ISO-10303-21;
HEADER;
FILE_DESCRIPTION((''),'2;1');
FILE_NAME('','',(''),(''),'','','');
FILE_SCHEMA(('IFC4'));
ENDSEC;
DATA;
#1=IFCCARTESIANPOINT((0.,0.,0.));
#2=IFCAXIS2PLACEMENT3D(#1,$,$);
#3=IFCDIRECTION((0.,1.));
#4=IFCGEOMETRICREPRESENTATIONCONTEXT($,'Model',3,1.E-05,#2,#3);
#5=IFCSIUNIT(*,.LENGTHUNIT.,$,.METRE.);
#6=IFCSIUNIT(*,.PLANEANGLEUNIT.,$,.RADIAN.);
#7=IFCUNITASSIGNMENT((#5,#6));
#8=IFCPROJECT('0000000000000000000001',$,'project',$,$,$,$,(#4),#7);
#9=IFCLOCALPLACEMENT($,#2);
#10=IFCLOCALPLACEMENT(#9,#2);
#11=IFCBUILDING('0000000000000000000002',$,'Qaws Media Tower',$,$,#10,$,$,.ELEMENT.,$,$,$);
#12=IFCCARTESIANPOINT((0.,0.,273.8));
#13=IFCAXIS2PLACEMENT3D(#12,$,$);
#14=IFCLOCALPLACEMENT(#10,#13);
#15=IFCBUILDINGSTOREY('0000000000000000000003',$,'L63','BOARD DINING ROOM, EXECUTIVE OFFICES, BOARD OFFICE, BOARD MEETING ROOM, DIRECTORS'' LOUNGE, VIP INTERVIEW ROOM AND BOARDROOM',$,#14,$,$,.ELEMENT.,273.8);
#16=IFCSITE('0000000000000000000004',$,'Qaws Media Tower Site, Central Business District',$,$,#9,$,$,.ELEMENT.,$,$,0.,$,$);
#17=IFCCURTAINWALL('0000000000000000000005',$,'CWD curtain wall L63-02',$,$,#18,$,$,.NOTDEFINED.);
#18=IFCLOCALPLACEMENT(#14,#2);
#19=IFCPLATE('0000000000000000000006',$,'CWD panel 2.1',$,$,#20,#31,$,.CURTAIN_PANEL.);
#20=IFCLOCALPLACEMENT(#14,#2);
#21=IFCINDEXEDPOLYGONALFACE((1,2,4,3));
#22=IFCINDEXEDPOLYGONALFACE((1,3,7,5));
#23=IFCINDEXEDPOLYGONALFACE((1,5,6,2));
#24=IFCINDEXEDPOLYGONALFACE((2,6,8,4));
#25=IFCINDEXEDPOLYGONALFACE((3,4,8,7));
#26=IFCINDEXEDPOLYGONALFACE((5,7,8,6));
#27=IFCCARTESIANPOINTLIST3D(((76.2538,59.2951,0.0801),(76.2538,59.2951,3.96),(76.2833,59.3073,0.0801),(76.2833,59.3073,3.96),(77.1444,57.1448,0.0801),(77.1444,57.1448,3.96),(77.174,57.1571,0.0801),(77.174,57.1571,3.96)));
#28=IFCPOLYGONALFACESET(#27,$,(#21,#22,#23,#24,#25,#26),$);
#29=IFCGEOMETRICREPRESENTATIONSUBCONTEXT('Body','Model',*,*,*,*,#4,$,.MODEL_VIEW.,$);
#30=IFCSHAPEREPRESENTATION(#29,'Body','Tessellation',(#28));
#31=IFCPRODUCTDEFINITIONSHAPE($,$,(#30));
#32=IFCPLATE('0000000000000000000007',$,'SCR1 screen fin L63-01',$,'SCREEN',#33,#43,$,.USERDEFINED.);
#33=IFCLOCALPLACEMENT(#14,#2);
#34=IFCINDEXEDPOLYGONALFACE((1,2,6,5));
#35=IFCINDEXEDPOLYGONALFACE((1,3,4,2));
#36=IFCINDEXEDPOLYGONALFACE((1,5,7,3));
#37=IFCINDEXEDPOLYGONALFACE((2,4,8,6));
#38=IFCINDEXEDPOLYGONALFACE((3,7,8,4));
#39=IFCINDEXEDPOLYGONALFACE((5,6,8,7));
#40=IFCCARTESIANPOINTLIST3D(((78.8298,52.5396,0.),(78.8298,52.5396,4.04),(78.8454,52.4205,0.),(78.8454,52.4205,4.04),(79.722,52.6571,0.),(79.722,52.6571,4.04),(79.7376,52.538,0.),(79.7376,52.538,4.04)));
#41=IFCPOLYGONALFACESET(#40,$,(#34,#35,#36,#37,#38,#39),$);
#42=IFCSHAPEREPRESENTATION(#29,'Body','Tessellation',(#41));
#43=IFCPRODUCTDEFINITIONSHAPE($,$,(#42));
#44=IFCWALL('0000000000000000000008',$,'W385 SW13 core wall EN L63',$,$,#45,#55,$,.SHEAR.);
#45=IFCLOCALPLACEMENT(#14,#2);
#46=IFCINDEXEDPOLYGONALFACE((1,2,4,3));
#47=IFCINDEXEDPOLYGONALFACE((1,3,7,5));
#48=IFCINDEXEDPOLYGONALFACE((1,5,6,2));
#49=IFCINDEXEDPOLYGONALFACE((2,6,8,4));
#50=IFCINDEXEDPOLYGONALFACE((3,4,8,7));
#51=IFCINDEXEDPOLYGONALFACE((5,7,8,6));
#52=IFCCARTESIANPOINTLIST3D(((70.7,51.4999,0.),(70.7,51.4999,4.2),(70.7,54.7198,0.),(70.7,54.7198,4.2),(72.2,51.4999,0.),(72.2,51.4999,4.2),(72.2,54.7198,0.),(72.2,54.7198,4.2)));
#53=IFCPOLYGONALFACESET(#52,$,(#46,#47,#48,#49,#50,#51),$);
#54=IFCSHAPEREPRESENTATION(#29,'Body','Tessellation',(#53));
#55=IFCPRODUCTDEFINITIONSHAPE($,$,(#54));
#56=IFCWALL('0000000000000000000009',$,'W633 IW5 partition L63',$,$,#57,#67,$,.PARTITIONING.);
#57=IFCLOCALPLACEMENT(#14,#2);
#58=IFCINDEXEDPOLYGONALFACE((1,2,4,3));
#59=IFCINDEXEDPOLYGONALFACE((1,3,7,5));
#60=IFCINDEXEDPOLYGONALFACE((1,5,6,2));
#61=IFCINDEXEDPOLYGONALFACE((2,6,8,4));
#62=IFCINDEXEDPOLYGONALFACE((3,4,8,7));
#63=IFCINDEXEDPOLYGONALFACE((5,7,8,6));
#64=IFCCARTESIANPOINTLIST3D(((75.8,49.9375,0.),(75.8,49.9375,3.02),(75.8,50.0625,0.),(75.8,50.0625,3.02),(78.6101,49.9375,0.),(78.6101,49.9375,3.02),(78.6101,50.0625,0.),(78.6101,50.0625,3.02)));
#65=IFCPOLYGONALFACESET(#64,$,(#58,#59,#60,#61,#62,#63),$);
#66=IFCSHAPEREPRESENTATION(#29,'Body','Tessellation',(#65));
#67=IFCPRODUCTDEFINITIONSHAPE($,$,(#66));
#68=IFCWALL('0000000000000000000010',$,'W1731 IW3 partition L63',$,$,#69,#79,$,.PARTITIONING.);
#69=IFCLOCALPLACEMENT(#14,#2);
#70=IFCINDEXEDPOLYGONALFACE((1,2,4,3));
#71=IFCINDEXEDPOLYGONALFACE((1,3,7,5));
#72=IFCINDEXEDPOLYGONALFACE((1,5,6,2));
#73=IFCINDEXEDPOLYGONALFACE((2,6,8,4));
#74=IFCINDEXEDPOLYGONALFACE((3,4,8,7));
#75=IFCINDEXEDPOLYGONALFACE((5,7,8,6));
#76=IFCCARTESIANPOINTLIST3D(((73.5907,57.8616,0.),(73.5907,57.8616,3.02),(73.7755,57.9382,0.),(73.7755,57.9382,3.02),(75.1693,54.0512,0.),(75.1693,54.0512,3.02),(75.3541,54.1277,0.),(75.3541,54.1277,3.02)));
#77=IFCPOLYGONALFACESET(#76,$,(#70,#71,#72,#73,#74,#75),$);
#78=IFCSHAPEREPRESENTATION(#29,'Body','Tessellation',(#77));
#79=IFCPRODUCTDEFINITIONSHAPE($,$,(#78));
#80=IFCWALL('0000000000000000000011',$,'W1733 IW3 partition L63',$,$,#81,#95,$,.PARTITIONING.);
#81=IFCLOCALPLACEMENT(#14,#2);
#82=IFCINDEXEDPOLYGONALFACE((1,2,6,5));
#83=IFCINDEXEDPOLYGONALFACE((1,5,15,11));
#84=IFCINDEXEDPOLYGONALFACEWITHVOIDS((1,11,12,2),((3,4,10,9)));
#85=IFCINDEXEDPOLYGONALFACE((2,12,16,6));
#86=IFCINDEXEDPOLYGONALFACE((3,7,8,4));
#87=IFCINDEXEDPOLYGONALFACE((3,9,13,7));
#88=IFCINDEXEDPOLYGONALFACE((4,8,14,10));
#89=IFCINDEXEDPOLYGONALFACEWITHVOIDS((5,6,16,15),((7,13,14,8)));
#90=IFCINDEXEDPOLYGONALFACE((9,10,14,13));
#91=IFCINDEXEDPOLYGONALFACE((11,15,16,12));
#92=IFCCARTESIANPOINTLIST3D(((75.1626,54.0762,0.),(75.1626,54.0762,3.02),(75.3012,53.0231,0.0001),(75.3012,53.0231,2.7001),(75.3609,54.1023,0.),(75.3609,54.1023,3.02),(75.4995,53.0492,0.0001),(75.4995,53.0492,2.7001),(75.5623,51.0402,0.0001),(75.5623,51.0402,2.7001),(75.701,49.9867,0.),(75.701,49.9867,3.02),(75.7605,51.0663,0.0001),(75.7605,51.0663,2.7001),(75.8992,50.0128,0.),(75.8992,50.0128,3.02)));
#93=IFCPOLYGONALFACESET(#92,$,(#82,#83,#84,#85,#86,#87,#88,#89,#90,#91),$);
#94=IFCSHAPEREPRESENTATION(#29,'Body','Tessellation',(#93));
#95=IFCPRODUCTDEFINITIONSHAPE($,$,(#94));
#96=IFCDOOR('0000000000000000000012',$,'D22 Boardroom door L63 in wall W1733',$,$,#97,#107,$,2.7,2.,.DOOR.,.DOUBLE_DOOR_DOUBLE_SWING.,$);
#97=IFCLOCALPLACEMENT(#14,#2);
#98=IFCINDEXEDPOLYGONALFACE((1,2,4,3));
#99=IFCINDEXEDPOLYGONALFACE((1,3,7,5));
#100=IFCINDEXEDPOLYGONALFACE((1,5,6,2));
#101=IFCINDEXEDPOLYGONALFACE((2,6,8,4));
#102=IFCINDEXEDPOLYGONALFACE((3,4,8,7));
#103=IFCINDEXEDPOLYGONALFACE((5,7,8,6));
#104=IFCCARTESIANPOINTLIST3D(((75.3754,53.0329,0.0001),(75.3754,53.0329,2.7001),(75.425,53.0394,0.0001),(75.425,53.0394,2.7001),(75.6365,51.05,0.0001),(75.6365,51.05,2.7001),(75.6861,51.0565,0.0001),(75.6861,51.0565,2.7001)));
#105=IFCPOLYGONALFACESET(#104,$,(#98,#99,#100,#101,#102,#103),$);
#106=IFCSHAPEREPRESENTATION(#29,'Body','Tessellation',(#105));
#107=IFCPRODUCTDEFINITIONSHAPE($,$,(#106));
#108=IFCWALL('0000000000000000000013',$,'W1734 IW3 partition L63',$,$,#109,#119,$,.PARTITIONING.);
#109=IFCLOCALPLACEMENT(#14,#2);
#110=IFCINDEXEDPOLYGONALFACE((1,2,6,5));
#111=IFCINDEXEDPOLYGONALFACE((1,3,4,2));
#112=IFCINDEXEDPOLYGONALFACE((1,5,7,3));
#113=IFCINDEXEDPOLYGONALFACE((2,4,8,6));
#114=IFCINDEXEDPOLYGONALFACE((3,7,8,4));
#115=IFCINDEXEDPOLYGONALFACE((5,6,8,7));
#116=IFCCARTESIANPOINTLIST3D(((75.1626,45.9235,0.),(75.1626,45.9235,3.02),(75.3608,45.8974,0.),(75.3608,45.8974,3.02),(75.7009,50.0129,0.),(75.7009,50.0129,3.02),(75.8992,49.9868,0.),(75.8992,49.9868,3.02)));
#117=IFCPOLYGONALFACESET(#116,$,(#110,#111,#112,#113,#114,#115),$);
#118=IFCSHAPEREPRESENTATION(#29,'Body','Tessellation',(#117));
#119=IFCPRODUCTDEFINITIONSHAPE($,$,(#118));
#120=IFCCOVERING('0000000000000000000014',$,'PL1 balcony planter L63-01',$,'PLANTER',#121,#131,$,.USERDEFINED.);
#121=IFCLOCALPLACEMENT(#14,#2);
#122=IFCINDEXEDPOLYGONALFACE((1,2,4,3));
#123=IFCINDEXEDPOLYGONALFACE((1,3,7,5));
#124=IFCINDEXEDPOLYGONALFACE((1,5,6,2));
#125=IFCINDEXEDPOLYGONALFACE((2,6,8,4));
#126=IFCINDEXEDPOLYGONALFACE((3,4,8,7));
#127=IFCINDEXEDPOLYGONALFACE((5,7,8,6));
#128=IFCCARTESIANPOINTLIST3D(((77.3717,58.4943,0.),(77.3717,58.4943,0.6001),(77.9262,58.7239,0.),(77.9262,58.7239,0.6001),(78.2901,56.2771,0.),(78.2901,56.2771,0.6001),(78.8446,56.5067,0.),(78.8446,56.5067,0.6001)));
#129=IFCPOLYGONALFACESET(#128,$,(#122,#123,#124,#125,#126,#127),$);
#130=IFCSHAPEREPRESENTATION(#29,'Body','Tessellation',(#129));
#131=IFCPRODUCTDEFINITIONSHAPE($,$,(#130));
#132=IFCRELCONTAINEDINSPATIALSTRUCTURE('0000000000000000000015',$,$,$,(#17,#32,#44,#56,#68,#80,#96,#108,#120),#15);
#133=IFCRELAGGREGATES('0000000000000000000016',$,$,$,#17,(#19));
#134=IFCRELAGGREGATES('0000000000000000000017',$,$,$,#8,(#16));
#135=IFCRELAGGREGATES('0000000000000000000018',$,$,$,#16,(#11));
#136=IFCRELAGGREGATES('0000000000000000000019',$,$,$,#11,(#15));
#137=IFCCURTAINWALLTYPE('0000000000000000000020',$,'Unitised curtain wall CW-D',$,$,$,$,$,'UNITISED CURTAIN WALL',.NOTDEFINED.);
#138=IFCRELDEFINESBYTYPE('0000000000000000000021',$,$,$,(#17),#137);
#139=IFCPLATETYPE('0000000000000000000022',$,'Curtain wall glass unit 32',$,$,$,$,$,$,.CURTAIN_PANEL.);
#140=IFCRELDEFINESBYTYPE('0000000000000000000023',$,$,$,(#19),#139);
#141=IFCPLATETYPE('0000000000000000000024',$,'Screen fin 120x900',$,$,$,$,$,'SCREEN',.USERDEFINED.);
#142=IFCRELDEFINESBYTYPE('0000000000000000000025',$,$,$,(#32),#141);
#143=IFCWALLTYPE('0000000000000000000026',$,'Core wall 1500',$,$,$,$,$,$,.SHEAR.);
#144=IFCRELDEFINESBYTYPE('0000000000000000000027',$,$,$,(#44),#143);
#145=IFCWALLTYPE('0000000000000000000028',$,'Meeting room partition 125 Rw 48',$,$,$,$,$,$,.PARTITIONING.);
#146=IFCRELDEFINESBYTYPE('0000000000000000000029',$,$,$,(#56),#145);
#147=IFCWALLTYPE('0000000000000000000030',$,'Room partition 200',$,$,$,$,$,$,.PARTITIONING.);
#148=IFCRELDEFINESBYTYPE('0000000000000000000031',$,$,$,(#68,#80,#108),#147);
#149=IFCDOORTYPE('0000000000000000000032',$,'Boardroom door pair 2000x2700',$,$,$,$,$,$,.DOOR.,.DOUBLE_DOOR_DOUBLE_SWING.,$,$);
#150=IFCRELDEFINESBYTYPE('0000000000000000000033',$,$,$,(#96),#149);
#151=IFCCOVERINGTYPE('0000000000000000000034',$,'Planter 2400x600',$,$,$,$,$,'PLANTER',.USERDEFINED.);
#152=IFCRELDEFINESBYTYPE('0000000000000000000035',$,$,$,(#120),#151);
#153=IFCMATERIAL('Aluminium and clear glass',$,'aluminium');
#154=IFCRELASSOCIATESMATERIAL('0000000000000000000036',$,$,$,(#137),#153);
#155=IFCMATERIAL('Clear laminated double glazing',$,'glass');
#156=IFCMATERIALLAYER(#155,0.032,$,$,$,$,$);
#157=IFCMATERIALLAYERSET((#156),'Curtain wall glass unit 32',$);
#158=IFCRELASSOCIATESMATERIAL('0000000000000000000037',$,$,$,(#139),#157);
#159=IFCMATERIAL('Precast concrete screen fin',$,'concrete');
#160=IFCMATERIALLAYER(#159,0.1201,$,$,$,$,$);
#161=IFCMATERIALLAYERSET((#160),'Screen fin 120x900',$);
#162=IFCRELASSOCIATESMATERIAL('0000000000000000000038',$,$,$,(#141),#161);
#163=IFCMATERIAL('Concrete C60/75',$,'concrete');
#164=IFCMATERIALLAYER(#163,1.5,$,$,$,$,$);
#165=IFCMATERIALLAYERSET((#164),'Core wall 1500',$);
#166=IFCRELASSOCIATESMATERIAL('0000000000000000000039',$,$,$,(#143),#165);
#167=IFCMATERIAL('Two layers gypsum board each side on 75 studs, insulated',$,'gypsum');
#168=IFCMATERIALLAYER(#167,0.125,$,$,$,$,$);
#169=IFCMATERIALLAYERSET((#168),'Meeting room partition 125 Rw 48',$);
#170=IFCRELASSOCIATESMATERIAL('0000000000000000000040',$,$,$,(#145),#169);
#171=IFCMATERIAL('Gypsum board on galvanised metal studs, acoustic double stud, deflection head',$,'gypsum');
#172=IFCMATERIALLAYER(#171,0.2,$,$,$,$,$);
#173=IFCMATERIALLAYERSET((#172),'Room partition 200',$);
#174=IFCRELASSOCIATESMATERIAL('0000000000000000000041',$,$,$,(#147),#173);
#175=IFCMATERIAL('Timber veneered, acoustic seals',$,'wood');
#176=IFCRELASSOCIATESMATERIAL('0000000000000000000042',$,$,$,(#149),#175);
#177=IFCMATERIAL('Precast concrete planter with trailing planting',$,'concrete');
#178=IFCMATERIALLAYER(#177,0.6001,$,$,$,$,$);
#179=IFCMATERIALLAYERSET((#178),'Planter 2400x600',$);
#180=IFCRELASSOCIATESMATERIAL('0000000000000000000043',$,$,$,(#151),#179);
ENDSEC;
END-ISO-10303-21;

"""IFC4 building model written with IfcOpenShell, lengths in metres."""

from ifc_helpers import new_model, si_unit, direction, frame, frame_2d, origin, origin_2d, place, context, subcontext, project, spatial, rectangle, extrude, material, layer, layer_set, type_object, element, fill, aggregate, save


model = new_model("IFC4")

# Units and contexts
model_context = context("Model", 3, precision=1e-05, world=origin(), true_north=direction((0.0, 1.0)))
body_context = subcontext(model_context, "Body", "Model", "MODEL_VIEW")
ifc_project = project(units=[si_unit("LENGTHUNIT", "METRE"), si_unit("PLANEANGLEUNIT", "RADIAN")], contexts=[model_context])

# Site, building, storey
site_placement = place(None, origin())
site = spatial("IfcSite", under=ifc_project, at=site_placement, Name="Qaws Media Tower Site, Central Business District", CompositionType="ELEMENT", RefElevation=0.0)
building_placement = place(site_placement, origin())
building = spatial("IfcBuilding", under=site, at=building_placement, Name="Qaws Media Tower", CompositionType="ELEMENT")
storey_placement = place(building_placement, frame((0.0, 0.0, 273.8)))
storey = spatial("IfcBuildingStorey", under=building, at=storey_placement, Name="L63", Description="BOARD DINING ROOM, EXECUTIVE OFFICES, BOARD OFFICE, BOARD MEETING ROOM, DIRECTORS' LOUNGE, VIP INTERVIEW ROOM AND BOARDROOM", CompositionType="ELEMENT", Elevation=273.8)

# Curtain wall
ifc_material_1 = material(Name="Aluminium and clear glass", Category="aluminium")
curtain_wall_type = type_object("IfcCurtainWallType", Name="Unitised curtain wall CW-D", ElementType="UNITISED CURTAIN WALL", PredefinedType="NOTDEFINED", material=ifc_material_1)
curtain_wall_1_placement = place(storey_placement, origin())
curtain_wall_1 = element("IfcCurtainWall", 1, at=curtain_wall_1_placement, inside=storey, type_object=curtain_wall_type, Name="CWD curtain wall L63-02", PredefinedType="NOTDEFINED")

# Plates
ifc_material_2 = material(Name="Clear laminated double glazing", Category="glass")
ifc_layer_1 = layer(ifc_material_2, 0.032)
ifc_layer_set_1 = layer_set([ifc_layer_1], Name="Curtain wall glass unit 32")
plate_type_1 = type_object("IfcPlateType", Name="Curtain wall glass unit 32", PredefinedType="CURTAIN_PANEL", material=ifc_layer_set_1)
plate_1_placement = place(storey_placement, frame((76.7139, 58.2261, 0.0801), z_axis=(0.0, 0.0, 1.0), x_axis=(-0.382683, 0.92388, 0.0)))
plate_1 = element("IfcPlate", 2, at=plate_1_placement, type_object=plate_type_1, Name="CWD panel 2.1", PredefinedType="CURTAIN_PANEL", context=body_context, shape_type="SweptSolid", body=[
    extrude(rectangle(XDim=2.3274, YDim=0.032, at=origin_2d()), origin(), (0.0, 0.0, 1.0), 3.8799),
])
aggregate(curtain_wall_1, [plate_1])
ifc_material_3 = material(Name="Precast concrete screen fin", Category="concrete")
ifc_layer_2 = layer(ifc_material_3, 0.1201)
ifc_layer_set_2 = layer_set([ifc_layer_2], Name="Screen fin 120x900")
plate_type_2 = type_object("IfcPlateType", Name="Screen fin 120x900", ElementType="SCREEN", PredefinedType="USERDEFINED", material=ifc_layer_set_2)
plate_2_placement = place(storey_placement, frame((79.2837, 52.5388, 0.0), z_axis=(0.0, 0.0, 1.0), x_axis=(0.991445, 0.130526, 0.0)))
element("IfcPlate", 3, at=plate_2_placement, inside=storey, type_object=plate_type_2, Name="SCR1 screen fin L63-01", ObjectType="SCREEN", PredefinedType="USERDEFINED", context=body_context, shape_type="SweptSolid", body=[
    extrude(rectangle(XDim=0.8999, YDim=0.1201, at=origin_2d()), origin(), (0.0, 0.0, 1.0), 4.04),
])

# Walls
ifc_material_4 = material(Name="Concrete C60/75", Category="concrete")
ifc_layer_3 = layer(ifc_material_4, 1.5)
ifc_layer_set_3 = layer_set([ifc_layer_3], Name="Core wall 1500")
wall_type_1 = type_object("IfcWallType", Name="Core wall 1500", PredefinedType="SHEAR", material=ifc_layer_set_3)
wall_1_placement = place(storey_placement, frame((71.45, 51.5, 0.0), z_axis=(0.0, 0.0, 1.0), x_axis=(0.0, 1.0, 0.0)))
element("IfcWall", 4, at=wall_1_placement, inside=storey, type_object=wall_type_1, Name="W385 SW13 core wall EN L63", PredefinedType="SHEAR", context=body_context, shape_type="SweptSolid", body=[
    extrude(rectangle(XDim=3.22, YDim=1.5, at=frame_2d((1.6099, 0.0))), origin(), (0.0, 0.0, 1.0), 4.2),
])
ifc_material_5 = material(Name="Two layers gypsum board each side on 75 studs, insulated", Category="gypsum")
ifc_layer_4 = layer(ifc_material_5, 0.125)
ifc_layer_set_4 = layer_set([ifc_layer_4], Name="Meeting room partition 125 Rw 48")
wall_type_2 = type_object("IfcWallType", Name="Meeting room partition 125 Rw 48", PredefinedType="PARTITIONING", material=ifc_layer_set_4)
wall_2_placement = place(storey_placement, frame((75.8, 50.0, 0.0), z_axis=(0.0, 0.0, 1.0), x_axis=(1.0, 0.0, 0.0)))
element("IfcWall", 5, at=wall_2_placement, inside=storey, type_object=wall_type_2, Name="W633 IW5 partition L63", PredefinedType="PARTITIONING", context=body_context, shape_type="SweptSolid", body=[
    extrude(rectangle(XDim=2.8101, YDim=0.125, at=frame_2d((1.405, 0.0))), origin(), (0.0, 0.0, 1.0), 3.02),
])
ifc_material_6 = material(Name="Gypsum board on galvanised metal studs, acoustic double stud, deflection head", Category="gypsum")
ifc_layer_5 = layer(ifc_material_6, 0.2)
ifc_layer_set_5 = layer_set([ifc_layer_5], Name="Room partition 200")
wall_type_3 = type_object("IfcWallType", Name="Room partition 200", PredefinedType="PARTITIONING", material=ifc_layer_set_5)
wall_3_placement = place(storey_placement, frame((73.6831, 57.8999, 0.0), z_axis=(0.0, 0.0, 1.0), x_axis=(0.382732, -0.92386, 0.0)))
element("IfcWall", 6, at=wall_3_placement, inside=storey, type_object=wall_type_3, Name="W1731 IW3 partition L63", PredefinedType="PARTITIONING", context=body_context, shape_type="SweptSolid", body=[
    extrude(rectangle(XDim=4.1245, YDim=0.2, at=frame_2d((2.0623, 0.0))), origin(), (0.0, 0.0, 1.0), 3.02),
])

# Wall, opening, door
wall_4_placement = place(storey_placement, frame((75.2617, 54.0894, 0.0), z_axis=(0.0, 0.0, 1.0), x_axis=(0.130516, -0.991446, 0.0)))
wall_4 = element("IfcWall", 7, at=wall_4_placement, inside=storey, type_object=wall_type_3, Name="W1733 IW3 partition L63", PredefinedType="PARTITIONING", context=body_context, shape_type="SweptSolid", body=[
    extrude(rectangle(XDim=4.1248, YDim=0.2, at=frame_2d((2.0625, 0.0))), origin(), (0.0, 0.0, 1.0), 3.02),
])
opening_1_placement = place(wall_4_placement, frame((1.0623, 0.0, 0.0)))
opening_1 = element("IfcOpeningElement", 8, at=opening_1_placement, cuts=wall_4, PredefinedType="OPENING", context=body_context, shape_type="SweptSolid", body=[
    extrude(rectangle(XDim=2.0, YDim=2.7, at=frame_2d((1.0, 1.3501))), frame((0.0, 0.1099, 0.0), z_axis=(0.0, -1.0, 0.0), x_axis=(1.0, 0.0, 0.0)), (0.0, 0.0, 1.0), 0.22),
])
ifc_material_7 = material(Name="Timber veneered, acoustic seals", Category="wood")
door_type_1 = type_object("IfcDoorType", Name="Boardroom door pair 2000x2700", OperationType="DOUBLE_DOOR_DOUBLE_SWING", PredefinedType="DOOR", material=ifc_material_7)
door_1_placement = place(opening_1_placement, origin())
door_1 = element("IfcDoor", 9, at=door_1_placement, inside=storey, type_object=door_type_1, Name="D22 Boardroom door L63 in wall W1733", OperationType="DOUBLE_DOOR_DOUBLE_SWING", OverallHeight=2.7, OverallWidth=2.0, PredefinedType="DOOR", context=body_context, shape_type="SweptSolid", body=[
    extrude(rectangle(XDim=2.0, YDim=2.7, at=frame_2d((1.0, 1.3501))), frame((0.0, 0.0249, 0.0), z_axis=(0.0, -1.0, 0.0), x_axis=(1.0, 0.0, 0.0)), (0.0, 0.0, 1.0), 0.05),
])
fill(opening_1, door_1)

# Wall
wall_5_placement = place(storey_placement, frame((75.8, 50.0, 0.0), z_axis=(0.0, 0.0, 1.0), x_axis=(-0.130516, -0.991446, 0.0)))
element("IfcWall", 10, at=wall_5_placement, inside=storey, type_object=wall_type_3, Name="W1734 IW3 partition L63", PredefinedType="PARTITIONING", context=body_context, shape_type="SweptSolid", body=[
    extrude(rectangle(XDim=4.1248, YDim=0.2, at=frame_2d((2.0625, 0.0))), origin(), (0.0, 0.0, 1.0), 3.02),
])

# Covering
ifc_material_8 = material(Name="Precast concrete planter with trailing planting", Category="concrete")
ifc_layer_6 = layer(ifc_material_8, 0.6001)
ifc_layer_set_6 = layer_set([ifc_layer_6], Name="Planter 2400x600")
covering_type = type_object("IfcCoveringType", Name="Planter 2400x600", ElementType="PLANTER", PredefinedType="USERDEFINED", material=ifc_layer_set_6)
covering_placement = place(storey_placement, frame((78.1082, 57.5005, 0.0), z_axis=(0.0, 0.0, 1.0), x_axis=(-0.382683, 0.92388, 0.0)))
element("IfcCovering", 11, at=covering_placement, inside=storey, type_object=covering_type, Name="PL1 balcony planter L63-01", ObjectType="PLANTER", PredefinedType="USERDEFINED", context=body_context, shape_type="SweptSolid", body=[
    extrude(rectangle(XDim=2.3999, YDim=0.6001, at=origin_2d()), origin(), (0.0, 0.0, 1.0), 0.6001),
])

save(model, "model.ifc")
